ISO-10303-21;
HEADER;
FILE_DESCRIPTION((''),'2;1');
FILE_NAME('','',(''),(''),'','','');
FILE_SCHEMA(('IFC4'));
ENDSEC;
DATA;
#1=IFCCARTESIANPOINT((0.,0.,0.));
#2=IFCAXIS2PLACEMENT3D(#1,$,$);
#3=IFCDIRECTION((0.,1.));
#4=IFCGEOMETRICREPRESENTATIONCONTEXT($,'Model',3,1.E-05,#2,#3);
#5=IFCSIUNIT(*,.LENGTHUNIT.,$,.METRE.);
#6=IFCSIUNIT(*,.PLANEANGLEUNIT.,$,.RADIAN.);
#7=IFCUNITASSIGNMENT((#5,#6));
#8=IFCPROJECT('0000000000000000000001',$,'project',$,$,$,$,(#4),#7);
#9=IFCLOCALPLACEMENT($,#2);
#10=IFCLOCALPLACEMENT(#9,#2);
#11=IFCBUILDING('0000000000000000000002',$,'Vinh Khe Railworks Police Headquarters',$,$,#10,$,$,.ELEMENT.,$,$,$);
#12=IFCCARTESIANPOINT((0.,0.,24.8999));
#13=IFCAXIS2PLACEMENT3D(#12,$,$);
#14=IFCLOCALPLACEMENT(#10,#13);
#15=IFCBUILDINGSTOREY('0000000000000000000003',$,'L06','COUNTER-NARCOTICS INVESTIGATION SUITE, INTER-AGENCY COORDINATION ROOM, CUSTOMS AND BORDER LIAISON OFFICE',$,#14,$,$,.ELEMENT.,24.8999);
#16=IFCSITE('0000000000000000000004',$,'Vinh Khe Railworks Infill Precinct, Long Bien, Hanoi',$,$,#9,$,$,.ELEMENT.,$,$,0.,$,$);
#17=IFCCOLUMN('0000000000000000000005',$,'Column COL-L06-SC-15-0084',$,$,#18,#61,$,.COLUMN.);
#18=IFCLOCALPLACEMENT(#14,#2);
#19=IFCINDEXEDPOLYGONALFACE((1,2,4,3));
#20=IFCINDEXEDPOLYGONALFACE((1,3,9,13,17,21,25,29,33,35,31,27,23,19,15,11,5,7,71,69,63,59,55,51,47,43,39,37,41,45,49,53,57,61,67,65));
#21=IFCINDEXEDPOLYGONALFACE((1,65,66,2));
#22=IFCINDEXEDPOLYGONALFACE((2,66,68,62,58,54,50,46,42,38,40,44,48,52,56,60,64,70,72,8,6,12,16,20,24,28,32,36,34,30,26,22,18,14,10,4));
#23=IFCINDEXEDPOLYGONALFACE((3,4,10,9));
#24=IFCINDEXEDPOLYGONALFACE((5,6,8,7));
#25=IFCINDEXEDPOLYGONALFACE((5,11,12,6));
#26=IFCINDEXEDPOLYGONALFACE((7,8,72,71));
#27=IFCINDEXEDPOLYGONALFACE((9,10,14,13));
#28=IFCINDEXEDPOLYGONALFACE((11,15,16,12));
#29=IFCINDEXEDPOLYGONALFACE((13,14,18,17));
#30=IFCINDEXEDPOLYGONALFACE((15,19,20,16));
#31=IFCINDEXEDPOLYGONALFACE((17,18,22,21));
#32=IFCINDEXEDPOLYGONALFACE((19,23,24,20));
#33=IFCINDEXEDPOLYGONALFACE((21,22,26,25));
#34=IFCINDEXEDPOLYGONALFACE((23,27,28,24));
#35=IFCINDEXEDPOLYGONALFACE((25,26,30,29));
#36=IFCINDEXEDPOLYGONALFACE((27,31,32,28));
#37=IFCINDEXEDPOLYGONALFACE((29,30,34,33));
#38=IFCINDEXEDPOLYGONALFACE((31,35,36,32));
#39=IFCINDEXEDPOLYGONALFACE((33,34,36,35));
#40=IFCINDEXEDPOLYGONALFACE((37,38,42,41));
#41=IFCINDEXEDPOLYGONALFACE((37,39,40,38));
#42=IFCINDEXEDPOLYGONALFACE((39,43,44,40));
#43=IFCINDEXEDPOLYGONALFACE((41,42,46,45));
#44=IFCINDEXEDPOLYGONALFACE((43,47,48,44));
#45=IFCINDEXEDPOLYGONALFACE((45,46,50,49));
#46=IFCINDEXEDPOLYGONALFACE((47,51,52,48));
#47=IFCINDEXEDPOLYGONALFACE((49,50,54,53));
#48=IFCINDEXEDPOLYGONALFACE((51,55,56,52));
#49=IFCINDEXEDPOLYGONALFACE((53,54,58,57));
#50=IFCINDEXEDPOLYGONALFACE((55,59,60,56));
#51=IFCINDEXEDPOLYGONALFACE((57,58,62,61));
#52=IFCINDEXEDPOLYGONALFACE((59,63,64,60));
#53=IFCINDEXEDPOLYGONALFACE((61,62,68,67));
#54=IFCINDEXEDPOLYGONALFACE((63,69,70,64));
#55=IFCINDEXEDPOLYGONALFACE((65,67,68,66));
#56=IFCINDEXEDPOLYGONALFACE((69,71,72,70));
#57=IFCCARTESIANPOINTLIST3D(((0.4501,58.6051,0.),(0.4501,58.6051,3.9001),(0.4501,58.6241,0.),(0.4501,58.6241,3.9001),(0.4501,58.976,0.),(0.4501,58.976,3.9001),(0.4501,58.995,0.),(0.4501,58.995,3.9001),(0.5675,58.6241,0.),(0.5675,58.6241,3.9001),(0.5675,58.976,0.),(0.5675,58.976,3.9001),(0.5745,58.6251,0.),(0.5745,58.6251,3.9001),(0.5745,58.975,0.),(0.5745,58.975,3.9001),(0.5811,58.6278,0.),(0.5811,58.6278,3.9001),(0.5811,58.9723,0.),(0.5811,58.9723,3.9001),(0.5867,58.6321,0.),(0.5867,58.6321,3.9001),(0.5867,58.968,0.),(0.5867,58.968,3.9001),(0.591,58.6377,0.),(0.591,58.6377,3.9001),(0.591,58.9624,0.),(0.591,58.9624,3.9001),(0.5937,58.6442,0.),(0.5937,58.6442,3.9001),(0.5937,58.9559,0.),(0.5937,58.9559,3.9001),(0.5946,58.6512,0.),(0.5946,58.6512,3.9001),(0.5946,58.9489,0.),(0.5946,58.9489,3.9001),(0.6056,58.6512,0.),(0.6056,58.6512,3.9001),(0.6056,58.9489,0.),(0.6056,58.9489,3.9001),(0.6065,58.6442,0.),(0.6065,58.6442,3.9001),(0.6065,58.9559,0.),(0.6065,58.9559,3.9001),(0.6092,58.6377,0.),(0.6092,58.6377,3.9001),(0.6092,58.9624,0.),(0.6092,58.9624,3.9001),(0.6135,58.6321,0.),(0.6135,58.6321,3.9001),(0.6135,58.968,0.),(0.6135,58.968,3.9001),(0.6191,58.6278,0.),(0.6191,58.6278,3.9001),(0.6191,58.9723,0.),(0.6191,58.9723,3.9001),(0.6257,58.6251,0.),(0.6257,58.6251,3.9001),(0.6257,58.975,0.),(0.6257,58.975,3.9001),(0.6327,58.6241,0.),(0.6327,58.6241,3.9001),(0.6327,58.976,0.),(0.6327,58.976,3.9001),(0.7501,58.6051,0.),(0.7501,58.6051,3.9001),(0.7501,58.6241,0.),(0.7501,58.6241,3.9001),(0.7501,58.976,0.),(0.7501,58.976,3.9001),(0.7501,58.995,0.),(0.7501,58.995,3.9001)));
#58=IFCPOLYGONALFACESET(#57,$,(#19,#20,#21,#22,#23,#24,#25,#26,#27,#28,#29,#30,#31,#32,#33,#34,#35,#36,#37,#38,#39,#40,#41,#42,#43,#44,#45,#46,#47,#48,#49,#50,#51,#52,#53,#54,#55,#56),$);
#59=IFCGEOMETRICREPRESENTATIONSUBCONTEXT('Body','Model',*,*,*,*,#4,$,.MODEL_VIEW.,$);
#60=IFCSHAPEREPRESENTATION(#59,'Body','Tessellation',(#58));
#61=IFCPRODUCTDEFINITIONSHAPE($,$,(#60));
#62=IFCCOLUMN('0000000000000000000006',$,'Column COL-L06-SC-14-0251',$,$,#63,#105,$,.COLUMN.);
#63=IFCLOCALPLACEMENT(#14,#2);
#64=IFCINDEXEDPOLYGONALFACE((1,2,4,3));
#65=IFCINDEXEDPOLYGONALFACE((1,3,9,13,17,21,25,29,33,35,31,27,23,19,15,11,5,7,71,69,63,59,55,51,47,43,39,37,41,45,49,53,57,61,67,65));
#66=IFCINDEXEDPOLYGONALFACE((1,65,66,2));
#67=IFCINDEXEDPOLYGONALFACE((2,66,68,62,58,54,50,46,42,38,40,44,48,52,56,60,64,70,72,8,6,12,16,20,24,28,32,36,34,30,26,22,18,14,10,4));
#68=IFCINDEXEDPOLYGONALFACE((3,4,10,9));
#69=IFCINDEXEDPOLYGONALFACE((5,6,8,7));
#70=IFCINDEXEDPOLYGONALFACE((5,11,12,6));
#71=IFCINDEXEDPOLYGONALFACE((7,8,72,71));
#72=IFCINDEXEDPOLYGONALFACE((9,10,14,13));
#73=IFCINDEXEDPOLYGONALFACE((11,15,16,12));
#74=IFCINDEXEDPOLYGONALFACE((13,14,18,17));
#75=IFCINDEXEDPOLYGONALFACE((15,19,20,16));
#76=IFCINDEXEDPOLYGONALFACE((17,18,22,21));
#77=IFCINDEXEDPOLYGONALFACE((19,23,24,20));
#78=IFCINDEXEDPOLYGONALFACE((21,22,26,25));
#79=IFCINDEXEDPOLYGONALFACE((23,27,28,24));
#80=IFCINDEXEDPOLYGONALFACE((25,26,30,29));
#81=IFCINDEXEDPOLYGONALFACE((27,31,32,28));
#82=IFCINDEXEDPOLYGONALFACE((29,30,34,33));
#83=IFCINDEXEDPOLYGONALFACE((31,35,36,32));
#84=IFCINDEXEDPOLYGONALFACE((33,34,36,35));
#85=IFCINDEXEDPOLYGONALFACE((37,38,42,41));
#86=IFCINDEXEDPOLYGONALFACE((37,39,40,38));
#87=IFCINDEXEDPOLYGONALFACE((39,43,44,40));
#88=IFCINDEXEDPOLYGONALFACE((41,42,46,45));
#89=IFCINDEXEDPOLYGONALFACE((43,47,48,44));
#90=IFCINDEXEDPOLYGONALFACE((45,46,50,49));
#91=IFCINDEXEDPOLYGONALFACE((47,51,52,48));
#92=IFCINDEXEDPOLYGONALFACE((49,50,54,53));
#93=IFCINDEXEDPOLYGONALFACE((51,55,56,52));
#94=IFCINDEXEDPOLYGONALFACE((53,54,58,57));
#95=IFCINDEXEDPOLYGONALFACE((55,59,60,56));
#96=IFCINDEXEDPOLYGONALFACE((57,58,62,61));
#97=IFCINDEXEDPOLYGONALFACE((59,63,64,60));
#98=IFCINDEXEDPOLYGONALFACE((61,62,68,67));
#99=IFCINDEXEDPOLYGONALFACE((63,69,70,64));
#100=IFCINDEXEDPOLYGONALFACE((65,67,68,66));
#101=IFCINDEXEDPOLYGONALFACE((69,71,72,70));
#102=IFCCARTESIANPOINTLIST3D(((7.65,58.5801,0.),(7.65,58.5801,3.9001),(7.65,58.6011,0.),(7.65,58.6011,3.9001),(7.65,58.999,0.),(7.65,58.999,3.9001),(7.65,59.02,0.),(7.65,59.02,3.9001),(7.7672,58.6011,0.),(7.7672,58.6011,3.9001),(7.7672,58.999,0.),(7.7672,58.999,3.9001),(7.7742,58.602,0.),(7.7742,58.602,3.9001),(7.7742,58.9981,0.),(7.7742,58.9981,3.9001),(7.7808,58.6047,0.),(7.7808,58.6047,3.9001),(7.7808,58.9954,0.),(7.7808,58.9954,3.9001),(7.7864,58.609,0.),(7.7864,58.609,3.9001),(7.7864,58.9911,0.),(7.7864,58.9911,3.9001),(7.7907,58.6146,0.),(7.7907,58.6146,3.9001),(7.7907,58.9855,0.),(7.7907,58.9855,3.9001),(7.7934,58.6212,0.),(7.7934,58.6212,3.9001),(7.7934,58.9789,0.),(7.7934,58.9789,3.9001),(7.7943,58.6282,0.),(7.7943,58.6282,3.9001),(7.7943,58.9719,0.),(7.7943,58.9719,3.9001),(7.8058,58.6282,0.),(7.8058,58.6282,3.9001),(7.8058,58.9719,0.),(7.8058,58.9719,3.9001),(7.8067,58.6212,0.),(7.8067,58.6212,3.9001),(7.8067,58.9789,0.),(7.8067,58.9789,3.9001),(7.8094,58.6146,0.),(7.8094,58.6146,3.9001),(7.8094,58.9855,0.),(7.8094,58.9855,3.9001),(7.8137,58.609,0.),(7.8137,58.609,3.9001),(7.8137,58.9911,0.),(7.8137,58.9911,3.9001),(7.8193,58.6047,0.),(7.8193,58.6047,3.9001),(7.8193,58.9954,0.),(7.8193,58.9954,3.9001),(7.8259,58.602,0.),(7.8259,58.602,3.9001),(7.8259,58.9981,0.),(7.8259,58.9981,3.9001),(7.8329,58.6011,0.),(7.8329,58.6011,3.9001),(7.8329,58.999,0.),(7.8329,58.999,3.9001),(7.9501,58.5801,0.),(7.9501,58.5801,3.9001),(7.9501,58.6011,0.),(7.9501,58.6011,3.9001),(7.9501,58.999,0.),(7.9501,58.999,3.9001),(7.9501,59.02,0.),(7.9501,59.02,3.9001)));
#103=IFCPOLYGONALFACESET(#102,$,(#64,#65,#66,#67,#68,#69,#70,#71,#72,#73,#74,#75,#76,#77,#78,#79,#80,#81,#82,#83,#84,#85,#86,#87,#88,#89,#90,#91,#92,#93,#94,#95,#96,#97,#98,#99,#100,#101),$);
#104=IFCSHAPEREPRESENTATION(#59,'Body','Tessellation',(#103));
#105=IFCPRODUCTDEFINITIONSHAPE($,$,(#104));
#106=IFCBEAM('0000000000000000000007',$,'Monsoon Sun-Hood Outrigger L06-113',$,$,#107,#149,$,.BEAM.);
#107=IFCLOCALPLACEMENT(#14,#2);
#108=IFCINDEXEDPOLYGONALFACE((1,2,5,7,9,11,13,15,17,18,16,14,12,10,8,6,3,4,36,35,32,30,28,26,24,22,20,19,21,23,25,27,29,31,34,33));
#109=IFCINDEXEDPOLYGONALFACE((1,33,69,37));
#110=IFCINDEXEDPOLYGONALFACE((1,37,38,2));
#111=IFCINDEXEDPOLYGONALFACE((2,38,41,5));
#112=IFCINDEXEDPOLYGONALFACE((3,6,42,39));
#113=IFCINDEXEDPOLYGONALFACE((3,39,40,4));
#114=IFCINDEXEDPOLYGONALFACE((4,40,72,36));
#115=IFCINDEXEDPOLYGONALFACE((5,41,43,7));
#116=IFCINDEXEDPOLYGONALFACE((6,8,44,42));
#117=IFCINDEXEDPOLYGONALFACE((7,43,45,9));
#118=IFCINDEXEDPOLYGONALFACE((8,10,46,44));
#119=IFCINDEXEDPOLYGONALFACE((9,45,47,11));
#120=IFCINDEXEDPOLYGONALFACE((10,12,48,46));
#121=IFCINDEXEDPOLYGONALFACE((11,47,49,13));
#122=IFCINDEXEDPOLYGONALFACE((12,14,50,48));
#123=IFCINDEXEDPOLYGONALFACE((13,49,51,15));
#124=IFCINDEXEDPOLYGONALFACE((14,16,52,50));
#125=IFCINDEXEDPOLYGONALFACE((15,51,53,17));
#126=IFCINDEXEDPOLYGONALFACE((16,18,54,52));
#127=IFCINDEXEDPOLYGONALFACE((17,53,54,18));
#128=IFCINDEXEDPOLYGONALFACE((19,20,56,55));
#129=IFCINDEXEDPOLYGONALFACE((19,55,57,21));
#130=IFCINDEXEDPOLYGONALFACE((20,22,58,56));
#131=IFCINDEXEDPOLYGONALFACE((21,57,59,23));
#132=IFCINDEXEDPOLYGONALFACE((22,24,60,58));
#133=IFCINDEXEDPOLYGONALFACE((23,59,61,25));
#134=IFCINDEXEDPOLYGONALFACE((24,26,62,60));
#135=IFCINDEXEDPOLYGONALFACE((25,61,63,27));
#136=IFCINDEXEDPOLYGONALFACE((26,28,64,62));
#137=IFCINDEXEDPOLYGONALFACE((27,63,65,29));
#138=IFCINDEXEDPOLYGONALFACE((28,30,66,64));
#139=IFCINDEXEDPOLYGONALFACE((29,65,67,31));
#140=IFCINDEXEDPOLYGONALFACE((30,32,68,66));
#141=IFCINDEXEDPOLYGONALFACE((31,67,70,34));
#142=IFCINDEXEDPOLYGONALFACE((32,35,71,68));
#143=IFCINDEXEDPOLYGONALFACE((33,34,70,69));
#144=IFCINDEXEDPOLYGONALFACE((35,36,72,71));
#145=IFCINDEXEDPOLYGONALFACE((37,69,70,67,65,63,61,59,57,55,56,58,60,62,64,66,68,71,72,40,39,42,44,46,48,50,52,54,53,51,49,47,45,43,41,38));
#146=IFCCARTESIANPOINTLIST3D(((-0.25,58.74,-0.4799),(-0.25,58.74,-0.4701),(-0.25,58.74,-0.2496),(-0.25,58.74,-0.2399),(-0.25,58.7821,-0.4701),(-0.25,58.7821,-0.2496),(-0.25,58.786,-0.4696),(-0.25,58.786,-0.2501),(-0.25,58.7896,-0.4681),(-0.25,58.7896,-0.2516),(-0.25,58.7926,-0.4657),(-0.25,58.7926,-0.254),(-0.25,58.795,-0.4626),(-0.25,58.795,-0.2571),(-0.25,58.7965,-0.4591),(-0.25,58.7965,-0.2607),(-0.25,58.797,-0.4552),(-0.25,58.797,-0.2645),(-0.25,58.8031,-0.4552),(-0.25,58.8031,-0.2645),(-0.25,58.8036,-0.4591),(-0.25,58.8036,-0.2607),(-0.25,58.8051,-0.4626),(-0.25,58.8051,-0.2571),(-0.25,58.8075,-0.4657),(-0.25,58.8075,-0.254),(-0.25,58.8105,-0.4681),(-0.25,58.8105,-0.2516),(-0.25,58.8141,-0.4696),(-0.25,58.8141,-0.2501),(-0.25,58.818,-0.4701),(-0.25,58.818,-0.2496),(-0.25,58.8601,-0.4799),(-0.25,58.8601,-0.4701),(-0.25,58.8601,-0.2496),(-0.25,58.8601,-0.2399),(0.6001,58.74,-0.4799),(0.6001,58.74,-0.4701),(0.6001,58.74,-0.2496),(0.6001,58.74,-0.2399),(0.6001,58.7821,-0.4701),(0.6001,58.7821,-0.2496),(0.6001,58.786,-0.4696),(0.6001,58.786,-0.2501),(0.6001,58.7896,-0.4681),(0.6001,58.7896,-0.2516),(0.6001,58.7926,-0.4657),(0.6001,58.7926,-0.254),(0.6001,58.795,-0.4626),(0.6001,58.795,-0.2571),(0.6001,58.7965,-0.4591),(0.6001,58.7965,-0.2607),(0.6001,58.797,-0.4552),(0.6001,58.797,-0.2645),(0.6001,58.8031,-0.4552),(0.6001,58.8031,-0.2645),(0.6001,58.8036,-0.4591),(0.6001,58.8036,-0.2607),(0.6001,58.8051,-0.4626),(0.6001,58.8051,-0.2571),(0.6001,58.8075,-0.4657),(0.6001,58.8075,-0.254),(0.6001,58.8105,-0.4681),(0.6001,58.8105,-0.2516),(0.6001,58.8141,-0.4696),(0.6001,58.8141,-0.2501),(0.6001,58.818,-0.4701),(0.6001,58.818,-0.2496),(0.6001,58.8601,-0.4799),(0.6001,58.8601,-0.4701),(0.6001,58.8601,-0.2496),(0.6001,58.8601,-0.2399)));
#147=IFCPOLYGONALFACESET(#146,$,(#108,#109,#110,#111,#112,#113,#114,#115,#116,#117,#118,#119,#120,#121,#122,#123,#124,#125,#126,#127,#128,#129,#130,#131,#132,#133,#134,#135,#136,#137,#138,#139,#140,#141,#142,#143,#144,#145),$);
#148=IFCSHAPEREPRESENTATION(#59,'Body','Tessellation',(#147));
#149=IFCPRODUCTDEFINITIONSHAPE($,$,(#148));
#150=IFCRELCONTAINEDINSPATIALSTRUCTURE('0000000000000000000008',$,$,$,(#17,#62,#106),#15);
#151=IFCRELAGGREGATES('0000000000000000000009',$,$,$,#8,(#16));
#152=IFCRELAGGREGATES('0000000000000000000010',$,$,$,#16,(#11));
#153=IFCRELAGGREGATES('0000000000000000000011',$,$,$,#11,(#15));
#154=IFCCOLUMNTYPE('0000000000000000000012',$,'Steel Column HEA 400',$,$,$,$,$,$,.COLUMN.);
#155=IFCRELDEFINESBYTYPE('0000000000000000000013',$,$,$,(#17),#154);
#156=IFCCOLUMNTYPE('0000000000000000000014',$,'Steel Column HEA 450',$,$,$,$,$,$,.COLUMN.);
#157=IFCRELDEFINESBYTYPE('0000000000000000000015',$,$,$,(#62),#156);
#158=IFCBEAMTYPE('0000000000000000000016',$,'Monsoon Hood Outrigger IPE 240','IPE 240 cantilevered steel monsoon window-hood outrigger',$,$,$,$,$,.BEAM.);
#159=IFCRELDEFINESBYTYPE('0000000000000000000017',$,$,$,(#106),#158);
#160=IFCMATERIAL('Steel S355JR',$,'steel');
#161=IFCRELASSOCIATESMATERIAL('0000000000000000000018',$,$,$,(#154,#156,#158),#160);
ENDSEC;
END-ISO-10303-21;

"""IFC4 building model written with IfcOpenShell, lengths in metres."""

from ifc_helpers import new_model, si_unit, direction, frame, origin, origin_2d, place, context, subcontext, project, spatial, i_section, extrude, material, material_profile, profile_set, type_object, element, save


model = new_model("IFC4")

# Units and contexts
model_context = context("Model", 3, precision=1e-05, world=origin(), true_north=direction((0.0, 1.0)))
body_context = subcontext(model_context, "Body", "Model", "MODEL_VIEW")
ifc_project = project(units=[si_unit("LENGTHUNIT", "METRE"), si_unit("PLANEANGLEUNIT", "RADIAN")], contexts=[model_context])

# Site, building, storey
site_placement = place(None, origin())
site = spatial("IfcSite", under=ifc_project, at=site_placement, Name="Vinh Khe Railworks Infill Precinct, Long Bien, Hanoi", CompositionType="ELEMENT", RefElevation=0.0)
building_placement = place(site_placement, origin())
building = spatial("IfcBuilding", under=site, at=building_placement, Name="Vinh Khe Railworks Police Headquarters", CompositionType="ELEMENT")
storey_placement = place(building_placement, frame((0.0, 0.0, 24.8999)))
storey = spatial("IfcBuildingStorey", under=building, at=storey_placement, Name="L06", Description="COUNTER-NARCOTICS INVESTIGATION SUITE, INTER-AGENCY COORDINATION ROOM, CUSTOMS AND BORDER LIAISON OFFICE", CompositionType="ELEMENT", Elevation=24.8999)

# Columns
ifc_material_1 = material(Name="Steel S355JR", Category="steel")
ifc_material_profile_1 = material_profile(ifc_material_1, i_section(OverallWidth=0.3, OverallDepth=0.3899, WebThickness=0.011, FlangeThickness=0.019, FilletRadius=0.0271, at=origin_2d()), Name="HEA 400")
ifc_profile_set_1 = profile_set([ifc_material_profile_1], Name="Steel S355JR")
column_type_1 = type_object("IfcColumnType", Name="Steel Column HEA 400", PredefinedType="COLUMN", material=ifc_profile_set_1)
column_1_placement = place(storey_placement, frame((0.6001, 58.8, 0.0), z_axis=(0.0, 0.0, 1.0), x_axis=(1.0, 0.0, 0.0)))
element("IfcColumn", 1, at=column_1_placement, inside=storey, type_object=column_type_1, Name="Column COL-L06-SC-15-0084", PredefinedType="COLUMN", context=body_context, shape_type="SweptSolid", body=[
    extrude(i_section(OverallWidth=0.3, OverallDepth=0.3899, WebThickness=0.011, FlangeThickness=0.019, FilletRadius=0.0271, at=origin_2d()), origin(), (0.0, 0.0, 1.0), 3.9001),
])
ifc_material_profile_2 = material_profile(ifc_material_1, i_section(OverallWidth=0.3, OverallDepth=0.4399, WebThickness=0.0115, FlangeThickness=0.021, FilletRadius=0.0271, at=origin_2d()), Name="HEA 450")
ifc_profile_set_2 = profile_set([ifc_material_profile_2], Name="Steel S355JR")
column_type_2 = type_object("IfcColumnType", Name="Steel Column HEA 450", PredefinedType="COLUMN", material=ifc_profile_set_2)
column_2_placement = place(storey_placement, frame((7.8, 58.8, 0.0), z_axis=(0.0, 0.0, 1.0), x_axis=(1.0, 0.0, 0.0)))
element("IfcColumn", 2, at=column_2_placement, inside=storey, type_object=column_type_2, Name="Column COL-L06-SC-14-0251", PredefinedType="COLUMN", context=body_context, shape_type="SweptSolid", body=[
    extrude(i_section(OverallWidth=0.3, OverallDepth=0.4399, WebThickness=0.0115, FlangeThickness=0.021, FilletRadius=0.0271, at=origin_2d()), origin(), (0.0, 0.0, 1.0), 3.9001),
])

# Beam
ifc_material_profile_3 = material_profile(ifc_material_1, i_section(OverallWidth=0.1201, OverallDepth=0.24, WebThickness=0.0061, FlangeThickness=0.0098, FilletRadius=0.0149, at=origin_2d()), Name="IPE 240")
ifc_profile_set_3 = profile_set([ifc_material_profile_3], Name="Steel S355JR")
beam_type_1 = type_object("IfcBeamType", Name="Monsoon Hood Outrigger IPE 240", Description="IPE 240 cantilevered steel monsoon window-hood outrigger", PredefinedType="BEAM", material=ifc_profile_set_3)
beam_1_placement = place(storey_placement, frame((-0.25, 58.8, -0.3599), z_axis=(1.0, 0.0, 0.0), x_axis=(0.0, 1.0, 0.0)))
element("IfcBeam", 3, at=beam_1_placement, inside=storey, type_object=beam_type_1, Name="Monsoon Sun-Hood Outrigger L06-113", PredefinedType="BEAM", context=body_context, shape_type="SweptSolid", body=[
    extrude(i_section(OverallWidth=0.1201, OverallDepth=0.24, WebThickness=0.0061, FlangeThickness=0.0098, FilletRadius=0.0149, at=origin_2d()), origin(), (0.0, 0.0, 1.0), 0.8501),
])

save(model, "model.ifc")
